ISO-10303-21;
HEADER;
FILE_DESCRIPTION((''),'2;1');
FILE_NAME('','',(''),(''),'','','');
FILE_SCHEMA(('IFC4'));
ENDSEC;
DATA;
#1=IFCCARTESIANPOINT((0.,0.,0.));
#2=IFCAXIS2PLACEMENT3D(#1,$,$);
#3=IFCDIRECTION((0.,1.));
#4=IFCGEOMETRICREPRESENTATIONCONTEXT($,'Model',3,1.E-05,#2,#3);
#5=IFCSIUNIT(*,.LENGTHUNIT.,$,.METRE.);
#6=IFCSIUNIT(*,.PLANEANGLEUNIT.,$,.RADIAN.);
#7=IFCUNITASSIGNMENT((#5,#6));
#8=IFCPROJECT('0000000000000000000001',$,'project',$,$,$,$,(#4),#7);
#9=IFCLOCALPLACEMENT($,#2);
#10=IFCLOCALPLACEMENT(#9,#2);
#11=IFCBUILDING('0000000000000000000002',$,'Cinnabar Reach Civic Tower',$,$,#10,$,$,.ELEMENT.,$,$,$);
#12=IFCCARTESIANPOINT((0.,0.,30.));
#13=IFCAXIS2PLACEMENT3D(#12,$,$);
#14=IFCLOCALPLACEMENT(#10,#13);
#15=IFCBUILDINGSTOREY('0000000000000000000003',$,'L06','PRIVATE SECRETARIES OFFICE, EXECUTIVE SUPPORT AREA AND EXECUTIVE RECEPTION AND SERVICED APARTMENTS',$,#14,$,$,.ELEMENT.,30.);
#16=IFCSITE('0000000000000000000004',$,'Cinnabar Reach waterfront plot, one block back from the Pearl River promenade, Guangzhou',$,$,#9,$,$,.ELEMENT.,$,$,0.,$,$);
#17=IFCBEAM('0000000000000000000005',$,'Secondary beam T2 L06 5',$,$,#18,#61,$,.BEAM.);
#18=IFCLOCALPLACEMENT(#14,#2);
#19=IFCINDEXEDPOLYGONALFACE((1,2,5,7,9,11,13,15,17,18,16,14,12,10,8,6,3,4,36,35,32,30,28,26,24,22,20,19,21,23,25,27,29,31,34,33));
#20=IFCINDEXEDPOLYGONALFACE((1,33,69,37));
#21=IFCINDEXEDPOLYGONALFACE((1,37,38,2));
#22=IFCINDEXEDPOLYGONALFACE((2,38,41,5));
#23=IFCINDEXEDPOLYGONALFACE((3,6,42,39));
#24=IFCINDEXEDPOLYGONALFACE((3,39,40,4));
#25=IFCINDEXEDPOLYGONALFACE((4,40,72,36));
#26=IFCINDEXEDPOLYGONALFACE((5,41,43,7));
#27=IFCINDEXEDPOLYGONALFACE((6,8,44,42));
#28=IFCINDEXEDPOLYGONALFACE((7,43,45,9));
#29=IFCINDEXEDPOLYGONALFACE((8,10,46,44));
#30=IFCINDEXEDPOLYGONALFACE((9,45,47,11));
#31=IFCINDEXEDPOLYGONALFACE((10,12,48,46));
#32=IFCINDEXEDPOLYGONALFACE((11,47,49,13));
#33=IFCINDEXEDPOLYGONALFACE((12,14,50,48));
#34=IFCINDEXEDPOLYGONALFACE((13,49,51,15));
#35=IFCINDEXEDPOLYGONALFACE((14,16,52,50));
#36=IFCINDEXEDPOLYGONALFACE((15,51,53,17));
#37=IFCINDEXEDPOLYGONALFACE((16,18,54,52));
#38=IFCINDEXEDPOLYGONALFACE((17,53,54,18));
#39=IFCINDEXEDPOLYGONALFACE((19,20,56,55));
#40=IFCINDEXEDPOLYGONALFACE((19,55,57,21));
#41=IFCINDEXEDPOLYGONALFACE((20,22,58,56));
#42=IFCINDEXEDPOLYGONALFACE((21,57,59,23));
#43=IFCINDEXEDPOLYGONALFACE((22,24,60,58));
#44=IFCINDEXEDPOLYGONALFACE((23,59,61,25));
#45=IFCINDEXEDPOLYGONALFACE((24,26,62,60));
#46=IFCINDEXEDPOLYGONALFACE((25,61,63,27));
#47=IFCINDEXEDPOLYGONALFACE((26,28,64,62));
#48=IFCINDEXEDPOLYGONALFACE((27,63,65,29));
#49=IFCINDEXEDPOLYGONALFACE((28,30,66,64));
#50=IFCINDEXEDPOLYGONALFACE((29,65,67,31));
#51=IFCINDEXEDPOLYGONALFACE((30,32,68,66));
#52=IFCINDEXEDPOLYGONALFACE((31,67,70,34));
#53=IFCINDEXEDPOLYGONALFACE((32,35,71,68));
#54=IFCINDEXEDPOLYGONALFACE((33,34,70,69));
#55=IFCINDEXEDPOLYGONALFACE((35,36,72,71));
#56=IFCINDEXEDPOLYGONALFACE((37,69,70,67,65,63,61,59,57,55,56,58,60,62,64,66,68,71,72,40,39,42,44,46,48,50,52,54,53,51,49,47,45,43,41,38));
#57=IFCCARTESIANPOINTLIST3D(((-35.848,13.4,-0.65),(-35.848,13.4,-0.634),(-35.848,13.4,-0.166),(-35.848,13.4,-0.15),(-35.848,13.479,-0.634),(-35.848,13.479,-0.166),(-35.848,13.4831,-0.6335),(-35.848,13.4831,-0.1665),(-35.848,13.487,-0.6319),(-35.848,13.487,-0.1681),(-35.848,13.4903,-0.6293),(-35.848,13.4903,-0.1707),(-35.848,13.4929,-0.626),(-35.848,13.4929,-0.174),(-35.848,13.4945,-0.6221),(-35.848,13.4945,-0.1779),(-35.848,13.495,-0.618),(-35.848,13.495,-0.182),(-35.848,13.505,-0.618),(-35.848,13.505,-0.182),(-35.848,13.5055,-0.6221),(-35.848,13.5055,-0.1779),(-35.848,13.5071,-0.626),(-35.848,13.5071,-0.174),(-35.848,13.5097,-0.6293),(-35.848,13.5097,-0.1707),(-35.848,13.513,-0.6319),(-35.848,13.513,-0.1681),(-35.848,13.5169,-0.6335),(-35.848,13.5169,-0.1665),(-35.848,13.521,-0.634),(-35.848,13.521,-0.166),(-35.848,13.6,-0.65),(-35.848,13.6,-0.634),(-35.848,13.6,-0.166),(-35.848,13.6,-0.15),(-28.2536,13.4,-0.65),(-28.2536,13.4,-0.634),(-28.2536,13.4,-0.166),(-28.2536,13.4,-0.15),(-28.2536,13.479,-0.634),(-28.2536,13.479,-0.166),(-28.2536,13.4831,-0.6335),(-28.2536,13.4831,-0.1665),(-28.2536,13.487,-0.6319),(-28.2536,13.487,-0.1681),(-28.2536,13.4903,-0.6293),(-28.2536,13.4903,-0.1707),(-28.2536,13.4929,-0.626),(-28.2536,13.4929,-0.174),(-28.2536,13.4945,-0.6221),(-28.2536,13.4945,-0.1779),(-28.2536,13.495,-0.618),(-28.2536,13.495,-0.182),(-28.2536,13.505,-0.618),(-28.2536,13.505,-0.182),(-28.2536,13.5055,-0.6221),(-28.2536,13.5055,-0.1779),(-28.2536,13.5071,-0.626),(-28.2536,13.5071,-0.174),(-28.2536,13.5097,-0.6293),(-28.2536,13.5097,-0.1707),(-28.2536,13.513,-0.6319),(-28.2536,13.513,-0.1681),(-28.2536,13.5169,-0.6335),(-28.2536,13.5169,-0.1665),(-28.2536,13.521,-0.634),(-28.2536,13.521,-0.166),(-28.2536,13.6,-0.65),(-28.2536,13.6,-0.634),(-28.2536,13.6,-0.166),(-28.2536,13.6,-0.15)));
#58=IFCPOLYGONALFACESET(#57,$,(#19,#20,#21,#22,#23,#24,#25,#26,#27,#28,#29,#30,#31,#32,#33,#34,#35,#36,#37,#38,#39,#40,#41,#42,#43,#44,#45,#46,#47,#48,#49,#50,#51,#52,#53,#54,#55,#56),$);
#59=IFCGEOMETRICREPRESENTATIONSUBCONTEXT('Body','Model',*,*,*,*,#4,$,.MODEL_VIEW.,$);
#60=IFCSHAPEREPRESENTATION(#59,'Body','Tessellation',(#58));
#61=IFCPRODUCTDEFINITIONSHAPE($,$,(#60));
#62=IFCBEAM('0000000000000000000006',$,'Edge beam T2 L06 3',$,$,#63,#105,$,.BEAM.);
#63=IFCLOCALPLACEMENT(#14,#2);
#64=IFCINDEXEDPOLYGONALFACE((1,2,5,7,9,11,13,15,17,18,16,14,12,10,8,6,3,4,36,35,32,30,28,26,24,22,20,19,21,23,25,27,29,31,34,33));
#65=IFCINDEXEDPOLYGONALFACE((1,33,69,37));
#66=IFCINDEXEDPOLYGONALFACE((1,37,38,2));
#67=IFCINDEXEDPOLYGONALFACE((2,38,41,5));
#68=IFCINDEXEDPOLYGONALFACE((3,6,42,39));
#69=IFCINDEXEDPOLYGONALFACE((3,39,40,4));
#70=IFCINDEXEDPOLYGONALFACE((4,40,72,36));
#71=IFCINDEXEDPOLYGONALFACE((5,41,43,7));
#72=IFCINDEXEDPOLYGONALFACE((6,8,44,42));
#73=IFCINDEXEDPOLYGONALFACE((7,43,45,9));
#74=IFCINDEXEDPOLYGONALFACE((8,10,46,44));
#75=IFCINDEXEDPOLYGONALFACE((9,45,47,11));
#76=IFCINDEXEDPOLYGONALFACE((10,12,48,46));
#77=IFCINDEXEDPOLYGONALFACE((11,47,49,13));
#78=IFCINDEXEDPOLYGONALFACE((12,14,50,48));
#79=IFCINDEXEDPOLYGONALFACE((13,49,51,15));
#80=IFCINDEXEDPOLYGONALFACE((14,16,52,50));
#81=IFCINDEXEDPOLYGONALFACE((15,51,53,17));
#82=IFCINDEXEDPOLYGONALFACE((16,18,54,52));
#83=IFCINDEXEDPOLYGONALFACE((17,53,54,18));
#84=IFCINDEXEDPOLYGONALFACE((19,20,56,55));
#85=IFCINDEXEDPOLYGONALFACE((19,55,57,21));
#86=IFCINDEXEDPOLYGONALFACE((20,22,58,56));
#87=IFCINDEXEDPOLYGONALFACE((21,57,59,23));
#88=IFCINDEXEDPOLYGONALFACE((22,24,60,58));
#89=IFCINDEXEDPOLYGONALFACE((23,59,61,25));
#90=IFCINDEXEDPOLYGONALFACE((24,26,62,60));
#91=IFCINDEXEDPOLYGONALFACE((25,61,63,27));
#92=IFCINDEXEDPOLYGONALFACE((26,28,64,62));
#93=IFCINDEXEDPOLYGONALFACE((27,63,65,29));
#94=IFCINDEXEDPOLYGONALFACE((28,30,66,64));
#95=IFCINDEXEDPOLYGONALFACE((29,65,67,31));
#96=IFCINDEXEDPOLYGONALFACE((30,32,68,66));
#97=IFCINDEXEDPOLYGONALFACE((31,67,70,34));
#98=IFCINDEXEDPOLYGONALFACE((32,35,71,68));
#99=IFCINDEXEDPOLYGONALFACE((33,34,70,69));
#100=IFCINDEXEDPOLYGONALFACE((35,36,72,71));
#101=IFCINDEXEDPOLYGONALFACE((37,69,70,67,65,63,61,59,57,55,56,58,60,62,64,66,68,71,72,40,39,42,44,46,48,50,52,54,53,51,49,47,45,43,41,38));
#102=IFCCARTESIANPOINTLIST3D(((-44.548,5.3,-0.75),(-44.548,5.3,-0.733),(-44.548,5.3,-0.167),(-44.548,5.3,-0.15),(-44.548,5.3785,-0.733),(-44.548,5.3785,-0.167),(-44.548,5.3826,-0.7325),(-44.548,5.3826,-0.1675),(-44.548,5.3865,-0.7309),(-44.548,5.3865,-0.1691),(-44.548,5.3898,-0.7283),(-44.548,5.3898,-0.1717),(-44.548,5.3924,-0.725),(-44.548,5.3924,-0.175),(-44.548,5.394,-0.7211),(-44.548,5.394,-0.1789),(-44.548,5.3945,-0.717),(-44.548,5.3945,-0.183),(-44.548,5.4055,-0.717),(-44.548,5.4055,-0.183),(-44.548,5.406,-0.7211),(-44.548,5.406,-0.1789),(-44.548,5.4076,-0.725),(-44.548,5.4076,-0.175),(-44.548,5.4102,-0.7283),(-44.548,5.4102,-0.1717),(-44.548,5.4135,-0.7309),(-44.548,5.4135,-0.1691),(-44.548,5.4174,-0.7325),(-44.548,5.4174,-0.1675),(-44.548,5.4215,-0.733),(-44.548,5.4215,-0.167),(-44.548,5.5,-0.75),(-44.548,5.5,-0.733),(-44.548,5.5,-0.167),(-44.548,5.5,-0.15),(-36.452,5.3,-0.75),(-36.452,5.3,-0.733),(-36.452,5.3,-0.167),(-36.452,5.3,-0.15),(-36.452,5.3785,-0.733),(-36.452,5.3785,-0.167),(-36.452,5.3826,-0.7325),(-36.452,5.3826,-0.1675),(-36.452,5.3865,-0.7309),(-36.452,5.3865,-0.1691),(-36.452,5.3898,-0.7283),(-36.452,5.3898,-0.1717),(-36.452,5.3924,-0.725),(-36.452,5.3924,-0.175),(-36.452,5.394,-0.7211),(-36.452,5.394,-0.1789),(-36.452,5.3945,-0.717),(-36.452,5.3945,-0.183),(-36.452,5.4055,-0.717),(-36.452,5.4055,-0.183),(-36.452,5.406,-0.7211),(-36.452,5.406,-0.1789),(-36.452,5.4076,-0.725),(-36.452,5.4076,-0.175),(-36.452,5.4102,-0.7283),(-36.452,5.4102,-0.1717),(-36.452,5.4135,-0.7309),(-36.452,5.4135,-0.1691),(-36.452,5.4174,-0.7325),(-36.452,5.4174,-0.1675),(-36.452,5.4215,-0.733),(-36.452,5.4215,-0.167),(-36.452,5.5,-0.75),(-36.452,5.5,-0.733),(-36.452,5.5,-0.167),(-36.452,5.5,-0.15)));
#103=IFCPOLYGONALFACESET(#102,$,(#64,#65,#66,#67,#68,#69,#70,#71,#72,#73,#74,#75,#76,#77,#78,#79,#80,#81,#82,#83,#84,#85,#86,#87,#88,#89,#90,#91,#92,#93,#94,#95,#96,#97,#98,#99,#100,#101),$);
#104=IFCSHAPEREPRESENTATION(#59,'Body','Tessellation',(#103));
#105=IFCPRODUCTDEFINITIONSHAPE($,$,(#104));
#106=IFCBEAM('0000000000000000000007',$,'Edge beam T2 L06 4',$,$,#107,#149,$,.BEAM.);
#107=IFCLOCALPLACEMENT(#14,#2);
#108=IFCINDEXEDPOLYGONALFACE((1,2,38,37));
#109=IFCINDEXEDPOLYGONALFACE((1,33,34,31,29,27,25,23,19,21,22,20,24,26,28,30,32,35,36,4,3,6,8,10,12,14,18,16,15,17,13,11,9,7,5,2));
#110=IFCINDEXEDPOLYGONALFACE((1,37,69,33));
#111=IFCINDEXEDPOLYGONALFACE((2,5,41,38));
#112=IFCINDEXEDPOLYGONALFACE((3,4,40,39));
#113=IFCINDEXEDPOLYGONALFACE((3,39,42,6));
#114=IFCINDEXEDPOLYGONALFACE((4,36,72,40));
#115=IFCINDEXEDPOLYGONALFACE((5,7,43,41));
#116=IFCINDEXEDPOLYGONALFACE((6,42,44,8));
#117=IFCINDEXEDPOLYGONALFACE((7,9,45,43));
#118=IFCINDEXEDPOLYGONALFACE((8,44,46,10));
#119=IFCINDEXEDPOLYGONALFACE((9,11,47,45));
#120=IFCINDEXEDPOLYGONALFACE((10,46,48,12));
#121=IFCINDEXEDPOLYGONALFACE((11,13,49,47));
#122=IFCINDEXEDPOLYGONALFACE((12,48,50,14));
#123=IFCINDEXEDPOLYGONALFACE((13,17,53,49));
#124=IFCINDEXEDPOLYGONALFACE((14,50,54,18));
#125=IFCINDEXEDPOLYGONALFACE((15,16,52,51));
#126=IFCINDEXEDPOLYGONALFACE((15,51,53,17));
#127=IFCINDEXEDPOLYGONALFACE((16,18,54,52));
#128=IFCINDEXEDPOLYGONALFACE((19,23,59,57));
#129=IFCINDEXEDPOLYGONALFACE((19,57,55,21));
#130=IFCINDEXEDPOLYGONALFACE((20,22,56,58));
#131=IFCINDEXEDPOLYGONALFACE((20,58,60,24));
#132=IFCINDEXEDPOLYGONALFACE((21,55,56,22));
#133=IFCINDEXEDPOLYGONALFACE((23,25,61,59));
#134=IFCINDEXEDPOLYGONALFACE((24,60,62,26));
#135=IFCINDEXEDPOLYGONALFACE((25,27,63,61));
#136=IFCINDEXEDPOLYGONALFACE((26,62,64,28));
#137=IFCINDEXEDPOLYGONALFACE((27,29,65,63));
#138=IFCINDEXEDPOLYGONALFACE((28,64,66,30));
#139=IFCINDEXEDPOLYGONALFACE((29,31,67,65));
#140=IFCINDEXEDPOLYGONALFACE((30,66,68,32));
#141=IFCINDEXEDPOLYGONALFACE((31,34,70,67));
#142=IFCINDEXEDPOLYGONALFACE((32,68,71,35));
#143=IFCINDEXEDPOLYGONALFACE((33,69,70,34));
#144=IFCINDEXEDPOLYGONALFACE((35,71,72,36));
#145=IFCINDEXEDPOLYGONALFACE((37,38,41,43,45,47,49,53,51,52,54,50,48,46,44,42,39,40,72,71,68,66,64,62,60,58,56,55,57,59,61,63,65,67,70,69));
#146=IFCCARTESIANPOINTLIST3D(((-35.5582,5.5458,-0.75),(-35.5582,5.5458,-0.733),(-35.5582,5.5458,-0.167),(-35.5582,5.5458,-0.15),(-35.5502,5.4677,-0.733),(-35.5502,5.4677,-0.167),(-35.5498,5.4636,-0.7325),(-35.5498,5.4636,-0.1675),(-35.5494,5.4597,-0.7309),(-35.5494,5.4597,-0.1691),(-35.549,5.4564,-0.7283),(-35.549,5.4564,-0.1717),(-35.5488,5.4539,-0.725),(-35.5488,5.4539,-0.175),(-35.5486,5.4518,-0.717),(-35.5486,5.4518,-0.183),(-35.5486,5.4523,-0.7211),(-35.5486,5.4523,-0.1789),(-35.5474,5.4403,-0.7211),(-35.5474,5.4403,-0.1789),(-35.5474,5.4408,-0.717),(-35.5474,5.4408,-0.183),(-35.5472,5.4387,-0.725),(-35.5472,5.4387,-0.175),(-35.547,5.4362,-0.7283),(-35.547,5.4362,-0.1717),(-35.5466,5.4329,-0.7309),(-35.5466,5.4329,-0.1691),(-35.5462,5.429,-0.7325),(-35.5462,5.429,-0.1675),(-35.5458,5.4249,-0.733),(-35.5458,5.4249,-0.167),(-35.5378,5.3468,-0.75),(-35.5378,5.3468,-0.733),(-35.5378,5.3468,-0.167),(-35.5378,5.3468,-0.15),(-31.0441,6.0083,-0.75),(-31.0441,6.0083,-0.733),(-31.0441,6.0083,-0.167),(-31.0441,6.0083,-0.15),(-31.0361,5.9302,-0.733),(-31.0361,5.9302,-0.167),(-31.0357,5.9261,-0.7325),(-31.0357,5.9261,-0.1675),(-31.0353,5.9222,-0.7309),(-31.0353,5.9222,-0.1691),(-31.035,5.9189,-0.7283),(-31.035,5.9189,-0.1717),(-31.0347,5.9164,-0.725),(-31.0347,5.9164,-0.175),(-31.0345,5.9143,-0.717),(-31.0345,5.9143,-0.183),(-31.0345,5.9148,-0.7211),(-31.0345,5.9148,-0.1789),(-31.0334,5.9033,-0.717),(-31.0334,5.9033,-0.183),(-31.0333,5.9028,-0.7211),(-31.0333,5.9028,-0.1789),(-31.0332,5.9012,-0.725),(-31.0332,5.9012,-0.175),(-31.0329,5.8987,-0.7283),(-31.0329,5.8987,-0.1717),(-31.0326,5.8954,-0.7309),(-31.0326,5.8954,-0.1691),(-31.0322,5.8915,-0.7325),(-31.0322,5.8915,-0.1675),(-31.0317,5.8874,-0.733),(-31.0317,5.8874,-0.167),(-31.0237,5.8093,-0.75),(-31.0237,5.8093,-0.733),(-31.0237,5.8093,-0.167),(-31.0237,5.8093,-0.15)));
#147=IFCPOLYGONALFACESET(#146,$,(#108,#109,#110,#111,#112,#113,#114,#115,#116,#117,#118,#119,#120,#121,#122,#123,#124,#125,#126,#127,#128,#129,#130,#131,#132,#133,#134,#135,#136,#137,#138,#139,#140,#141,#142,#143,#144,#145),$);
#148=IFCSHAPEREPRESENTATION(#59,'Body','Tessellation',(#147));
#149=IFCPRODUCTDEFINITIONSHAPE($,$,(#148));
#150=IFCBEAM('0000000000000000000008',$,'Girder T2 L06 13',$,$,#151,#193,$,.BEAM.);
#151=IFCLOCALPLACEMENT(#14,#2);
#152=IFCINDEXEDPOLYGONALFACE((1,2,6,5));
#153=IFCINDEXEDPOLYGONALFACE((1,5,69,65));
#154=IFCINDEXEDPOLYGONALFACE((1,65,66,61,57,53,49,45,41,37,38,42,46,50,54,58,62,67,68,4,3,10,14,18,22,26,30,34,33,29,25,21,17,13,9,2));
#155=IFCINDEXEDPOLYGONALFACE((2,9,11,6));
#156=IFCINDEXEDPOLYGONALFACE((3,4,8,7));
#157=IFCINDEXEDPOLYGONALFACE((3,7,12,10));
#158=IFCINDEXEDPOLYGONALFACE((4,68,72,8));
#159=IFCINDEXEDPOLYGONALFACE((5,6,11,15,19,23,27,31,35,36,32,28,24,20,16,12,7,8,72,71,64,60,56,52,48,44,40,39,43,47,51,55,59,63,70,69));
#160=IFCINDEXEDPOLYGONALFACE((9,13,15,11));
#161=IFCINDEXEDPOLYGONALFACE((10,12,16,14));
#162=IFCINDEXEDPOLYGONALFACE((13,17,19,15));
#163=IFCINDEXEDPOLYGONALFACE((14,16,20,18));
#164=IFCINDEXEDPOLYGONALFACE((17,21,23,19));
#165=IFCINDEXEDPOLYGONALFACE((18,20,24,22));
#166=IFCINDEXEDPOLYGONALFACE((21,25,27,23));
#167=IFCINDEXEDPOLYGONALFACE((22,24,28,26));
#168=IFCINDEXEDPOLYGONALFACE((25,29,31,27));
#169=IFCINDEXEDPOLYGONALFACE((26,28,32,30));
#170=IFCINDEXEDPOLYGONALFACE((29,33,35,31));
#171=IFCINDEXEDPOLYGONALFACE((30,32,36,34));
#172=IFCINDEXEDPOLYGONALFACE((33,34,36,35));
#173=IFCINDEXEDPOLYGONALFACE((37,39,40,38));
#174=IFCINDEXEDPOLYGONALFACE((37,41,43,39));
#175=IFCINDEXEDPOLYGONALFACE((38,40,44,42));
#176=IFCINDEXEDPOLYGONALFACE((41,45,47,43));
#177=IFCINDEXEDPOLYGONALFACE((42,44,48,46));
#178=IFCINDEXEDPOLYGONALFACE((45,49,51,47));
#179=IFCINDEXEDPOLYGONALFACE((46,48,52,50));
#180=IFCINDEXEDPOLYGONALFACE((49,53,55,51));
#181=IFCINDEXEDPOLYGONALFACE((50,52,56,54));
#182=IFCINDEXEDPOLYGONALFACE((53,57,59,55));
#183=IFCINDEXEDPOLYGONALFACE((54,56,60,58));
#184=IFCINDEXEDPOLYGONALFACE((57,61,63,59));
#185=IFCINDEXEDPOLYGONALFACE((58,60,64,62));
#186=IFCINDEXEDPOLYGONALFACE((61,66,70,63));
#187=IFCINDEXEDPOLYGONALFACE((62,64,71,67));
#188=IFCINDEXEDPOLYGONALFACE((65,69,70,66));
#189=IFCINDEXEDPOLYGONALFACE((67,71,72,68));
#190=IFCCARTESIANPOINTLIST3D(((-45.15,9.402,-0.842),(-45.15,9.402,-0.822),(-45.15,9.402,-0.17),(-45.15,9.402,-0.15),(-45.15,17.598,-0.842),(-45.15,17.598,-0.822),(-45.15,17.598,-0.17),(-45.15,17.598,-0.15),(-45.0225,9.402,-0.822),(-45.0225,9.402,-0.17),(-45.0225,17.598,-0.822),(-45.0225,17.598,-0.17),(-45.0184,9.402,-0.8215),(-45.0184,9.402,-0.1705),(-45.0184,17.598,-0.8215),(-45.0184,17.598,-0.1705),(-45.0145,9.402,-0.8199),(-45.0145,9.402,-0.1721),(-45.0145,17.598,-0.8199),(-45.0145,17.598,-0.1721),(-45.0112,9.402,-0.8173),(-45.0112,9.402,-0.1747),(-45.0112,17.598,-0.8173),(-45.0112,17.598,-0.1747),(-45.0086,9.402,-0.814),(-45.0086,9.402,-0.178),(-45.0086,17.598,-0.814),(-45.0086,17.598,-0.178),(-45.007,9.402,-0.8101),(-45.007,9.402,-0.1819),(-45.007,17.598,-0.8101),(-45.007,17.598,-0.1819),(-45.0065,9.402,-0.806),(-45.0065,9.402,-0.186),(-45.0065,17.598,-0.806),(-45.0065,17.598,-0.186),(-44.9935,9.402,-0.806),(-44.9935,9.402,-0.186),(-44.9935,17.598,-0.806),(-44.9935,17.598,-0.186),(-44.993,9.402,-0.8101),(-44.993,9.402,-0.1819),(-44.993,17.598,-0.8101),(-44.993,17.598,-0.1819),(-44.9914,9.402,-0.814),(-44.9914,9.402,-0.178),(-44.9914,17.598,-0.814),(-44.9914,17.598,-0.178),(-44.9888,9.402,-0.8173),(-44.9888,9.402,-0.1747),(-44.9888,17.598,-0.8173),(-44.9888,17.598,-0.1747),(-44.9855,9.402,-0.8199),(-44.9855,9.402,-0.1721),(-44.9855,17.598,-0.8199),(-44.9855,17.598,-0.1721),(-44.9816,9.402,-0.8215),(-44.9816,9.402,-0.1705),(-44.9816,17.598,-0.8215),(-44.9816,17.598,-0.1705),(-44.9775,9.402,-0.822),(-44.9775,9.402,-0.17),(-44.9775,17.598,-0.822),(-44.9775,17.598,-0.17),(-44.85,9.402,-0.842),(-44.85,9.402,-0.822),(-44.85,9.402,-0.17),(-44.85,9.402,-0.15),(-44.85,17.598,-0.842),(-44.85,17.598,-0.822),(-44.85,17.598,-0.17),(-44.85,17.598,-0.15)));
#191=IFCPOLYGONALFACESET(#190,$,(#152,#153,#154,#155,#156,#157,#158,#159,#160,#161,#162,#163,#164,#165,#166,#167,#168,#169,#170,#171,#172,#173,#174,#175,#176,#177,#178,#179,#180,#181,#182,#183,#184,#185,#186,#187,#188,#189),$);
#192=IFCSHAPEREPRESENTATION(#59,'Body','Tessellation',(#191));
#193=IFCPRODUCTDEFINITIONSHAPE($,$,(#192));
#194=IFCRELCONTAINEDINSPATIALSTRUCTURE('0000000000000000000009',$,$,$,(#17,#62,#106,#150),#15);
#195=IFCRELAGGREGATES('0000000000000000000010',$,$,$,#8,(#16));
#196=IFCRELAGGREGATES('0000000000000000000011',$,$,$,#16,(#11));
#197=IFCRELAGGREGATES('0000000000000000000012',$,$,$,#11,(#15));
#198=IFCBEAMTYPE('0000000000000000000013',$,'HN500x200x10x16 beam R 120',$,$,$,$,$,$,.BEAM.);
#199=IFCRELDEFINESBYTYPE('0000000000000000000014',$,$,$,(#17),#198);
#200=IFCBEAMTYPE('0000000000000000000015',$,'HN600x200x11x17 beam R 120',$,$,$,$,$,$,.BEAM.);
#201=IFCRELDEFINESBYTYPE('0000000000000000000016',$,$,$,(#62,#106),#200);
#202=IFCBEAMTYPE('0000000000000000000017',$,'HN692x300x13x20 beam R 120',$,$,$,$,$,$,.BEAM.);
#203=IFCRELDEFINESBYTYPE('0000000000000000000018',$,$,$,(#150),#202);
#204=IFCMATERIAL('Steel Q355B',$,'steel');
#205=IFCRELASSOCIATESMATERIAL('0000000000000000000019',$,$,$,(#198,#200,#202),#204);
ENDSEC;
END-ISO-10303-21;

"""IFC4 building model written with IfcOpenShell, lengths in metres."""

from ifc_helpers import new_model, si_unit, direction, frame, origin, origin_2d, place, context, subcontext, project, spatial, i_section, extrude, material, material_profile, profile_set, type_object, element, save


model = new_model("IFC4")

# Units and contexts
model_context = context("Model", 3, precision=1e-05, world=origin(), true_north=direction((0.0, 1.0)))
body_context = subcontext(model_context, "Body", "Model", "MODEL_VIEW")
ifc_project = project(units=[si_unit("LENGTHUNIT", "METRE"), si_unit("PLANEANGLEUNIT", "RADIAN")], contexts=[model_context])

# Site, building, storey
site_placement = place(None, origin())
site = spatial("IfcSite", under=ifc_project, at=site_placement, Name="Cinnabar Reach waterfront plot, one block back from the Pearl River promenade, Guangzhou", CompositionType="ELEMENT", RefElevation=0.0)
building_placement = place(site_placement, origin())
building = spatial("IfcBuilding", under=site, at=building_placement, Name="Cinnabar Reach Civic Tower", CompositionType="ELEMENT")
storey_placement = place(building_placement, frame((0.0, 0.0, 30.0)))
storey = spatial("IfcBuildingStorey", under=building, at=storey_placement, Name="L06", Description="PRIVATE SECRETARIES OFFICE, EXECUTIVE SUPPORT AREA AND EXECUTIVE RECEPTION AND SERVICED APARTMENTS", CompositionType="ELEMENT", Elevation=30.0)

# Beams
ifc_material_1 = material(Name="Steel Q355B", Category="steel")
ifc_material_profile_1 = material_profile(ifc_material_1, i_section(OverallWidth=0.2, OverallDepth=0.5, WebThickness=0.01, FlangeThickness=0.016, FilletRadius=0.016, at=origin_2d()), Name="HN500x200x10x16")
ifc_profile_set_1 = profile_set([ifc_material_profile_1], Name="Steel Q355B")
beam_type_1 = type_object("IfcBeamType", Name="HN500x200x10x16 beam R 120", PredefinedType="BEAM", material=ifc_profile_set_1)
beam_1_placement = place(storey_placement, frame((-35.848, 13.5, -0.4), z_axis=(1.0, 0.0, 0.0), x_axis=(0.0, 1.0, 0.0)))
element("IfcBeam", 1, at=beam_1_placement, inside=storey, type_object=beam_type_1, Name="Secondary beam T2 L06 5", PredefinedType="BEAM", context=body_context, shape_type="SweptSolid", body=[
    extrude(i_section(OverallWidth=0.2, OverallDepth=0.5, WebThickness=0.01, FlangeThickness=0.016, FilletRadius=0.016, at=origin_2d()), origin(), (0.0, 0.0, 1.0), 7.5944),
])
ifc_material_profile_2 = material_profile(ifc_material_1, i_section(OverallWidth=0.2, OverallDepth=0.6, WebThickness=0.011, FlangeThickness=0.017, FilletRadius=0.016, at=origin_2d()), Name="HN600x200x11x17")
ifc_profile_set_2 = profile_set([ifc_material_profile_2], Name="Steel Q355B")
beam_type_2 = type_object("IfcBeamType", Name="HN600x200x11x17 beam R 120", PredefinedType="BEAM", material=ifc_profile_set_2)
beam_2_placement = place(storey_placement, frame((-44.548, 5.4, -0.45), z_axis=(1.0, 0.0, 0.0), x_axis=(0.0, 1.0, 0.0)))
element("IfcBeam", 2, at=beam_2_placement, inside=storey, type_object=beam_type_2, Name="Edge beam T2 L06 3", PredefinedType="BEAM", context=body_context, shape_type="SweptSolid", body=[
    extrude(i_section(OverallWidth=0.2, OverallDepth=0.6, WebThickness=0.011, FlangeThickness=0.017, FilletRadius=0.016, at=origin_2d()), origin(), (0.0, 0.0, 1.0), 8.096),
])
beam_3_placement = place(storey_placement, frame((-35.548, 5.4463, -0.45), z_axis=(0.994792, 0.101923, 0.0), x_axis=(-0.101923, 0.994792, 0.0)))
element("IfcBeam", 3, at=beam_3_placement, inside=storey, type_object=beam_type_2, Name="Edge beam T2 L06 4", PredefinedType="BEAM", context=body_context, shape_type="SweptSolid", body=[
    extrude(i_section(OverallWidth=0.2, OverallDepth=0.6, WebThickness=0.011, FlangeThickness=0.017, FilletRadius=0.016, at=origin_2d()), origin(), (0.0, 0.0, 1.0), 4.5377),
])
ifc_material_profile_3 = material_profile(ifc_material_1, i_section(OverallWidth=0.3, OverallDepth=0.692, WebThickness=0.013, FlangeThickness=0.02, FilletRadius=0.016, at=origin_2d()), Name="HN692x300x13x20")
ifc_profile_set_3 = profile_set([ifc_material_profile_3], Name="Steel Q355B")
beam_type_3 = type_object("IfcBeamType", Name="HN692x300x13x20 beam R 120", PredefinedType="BEAM", material=ifc_profile_set_3)
for number, where, z_axis, x_axis, name in (
    (4, (-45.0, 9.402, -0.496), (0.0, 1.0, 0.0), (-1.0, 0.0, 0.0), "Girder T2 L06 13"),
):
    element("IfcBeam", number, at=place(storey_placement, frame(where, z_axis=z_axis, x_axis=x_axis)), inside=storey, type_object=beam_type_3, Name=name, PredefinedType="BEAM", context=body_context, shape_type="SweptSolid", body=[
        extrude(i_section(OverallWidth=0.3, OverallDepth=0.692, WebThickness=0.013, FlangeThickness=0.02, FilletRadius=0.016, at=origin_2d()), origin(), (0.0, 0.0, 1.0), 8.196),
    ])

save(model, "model.ifc")
